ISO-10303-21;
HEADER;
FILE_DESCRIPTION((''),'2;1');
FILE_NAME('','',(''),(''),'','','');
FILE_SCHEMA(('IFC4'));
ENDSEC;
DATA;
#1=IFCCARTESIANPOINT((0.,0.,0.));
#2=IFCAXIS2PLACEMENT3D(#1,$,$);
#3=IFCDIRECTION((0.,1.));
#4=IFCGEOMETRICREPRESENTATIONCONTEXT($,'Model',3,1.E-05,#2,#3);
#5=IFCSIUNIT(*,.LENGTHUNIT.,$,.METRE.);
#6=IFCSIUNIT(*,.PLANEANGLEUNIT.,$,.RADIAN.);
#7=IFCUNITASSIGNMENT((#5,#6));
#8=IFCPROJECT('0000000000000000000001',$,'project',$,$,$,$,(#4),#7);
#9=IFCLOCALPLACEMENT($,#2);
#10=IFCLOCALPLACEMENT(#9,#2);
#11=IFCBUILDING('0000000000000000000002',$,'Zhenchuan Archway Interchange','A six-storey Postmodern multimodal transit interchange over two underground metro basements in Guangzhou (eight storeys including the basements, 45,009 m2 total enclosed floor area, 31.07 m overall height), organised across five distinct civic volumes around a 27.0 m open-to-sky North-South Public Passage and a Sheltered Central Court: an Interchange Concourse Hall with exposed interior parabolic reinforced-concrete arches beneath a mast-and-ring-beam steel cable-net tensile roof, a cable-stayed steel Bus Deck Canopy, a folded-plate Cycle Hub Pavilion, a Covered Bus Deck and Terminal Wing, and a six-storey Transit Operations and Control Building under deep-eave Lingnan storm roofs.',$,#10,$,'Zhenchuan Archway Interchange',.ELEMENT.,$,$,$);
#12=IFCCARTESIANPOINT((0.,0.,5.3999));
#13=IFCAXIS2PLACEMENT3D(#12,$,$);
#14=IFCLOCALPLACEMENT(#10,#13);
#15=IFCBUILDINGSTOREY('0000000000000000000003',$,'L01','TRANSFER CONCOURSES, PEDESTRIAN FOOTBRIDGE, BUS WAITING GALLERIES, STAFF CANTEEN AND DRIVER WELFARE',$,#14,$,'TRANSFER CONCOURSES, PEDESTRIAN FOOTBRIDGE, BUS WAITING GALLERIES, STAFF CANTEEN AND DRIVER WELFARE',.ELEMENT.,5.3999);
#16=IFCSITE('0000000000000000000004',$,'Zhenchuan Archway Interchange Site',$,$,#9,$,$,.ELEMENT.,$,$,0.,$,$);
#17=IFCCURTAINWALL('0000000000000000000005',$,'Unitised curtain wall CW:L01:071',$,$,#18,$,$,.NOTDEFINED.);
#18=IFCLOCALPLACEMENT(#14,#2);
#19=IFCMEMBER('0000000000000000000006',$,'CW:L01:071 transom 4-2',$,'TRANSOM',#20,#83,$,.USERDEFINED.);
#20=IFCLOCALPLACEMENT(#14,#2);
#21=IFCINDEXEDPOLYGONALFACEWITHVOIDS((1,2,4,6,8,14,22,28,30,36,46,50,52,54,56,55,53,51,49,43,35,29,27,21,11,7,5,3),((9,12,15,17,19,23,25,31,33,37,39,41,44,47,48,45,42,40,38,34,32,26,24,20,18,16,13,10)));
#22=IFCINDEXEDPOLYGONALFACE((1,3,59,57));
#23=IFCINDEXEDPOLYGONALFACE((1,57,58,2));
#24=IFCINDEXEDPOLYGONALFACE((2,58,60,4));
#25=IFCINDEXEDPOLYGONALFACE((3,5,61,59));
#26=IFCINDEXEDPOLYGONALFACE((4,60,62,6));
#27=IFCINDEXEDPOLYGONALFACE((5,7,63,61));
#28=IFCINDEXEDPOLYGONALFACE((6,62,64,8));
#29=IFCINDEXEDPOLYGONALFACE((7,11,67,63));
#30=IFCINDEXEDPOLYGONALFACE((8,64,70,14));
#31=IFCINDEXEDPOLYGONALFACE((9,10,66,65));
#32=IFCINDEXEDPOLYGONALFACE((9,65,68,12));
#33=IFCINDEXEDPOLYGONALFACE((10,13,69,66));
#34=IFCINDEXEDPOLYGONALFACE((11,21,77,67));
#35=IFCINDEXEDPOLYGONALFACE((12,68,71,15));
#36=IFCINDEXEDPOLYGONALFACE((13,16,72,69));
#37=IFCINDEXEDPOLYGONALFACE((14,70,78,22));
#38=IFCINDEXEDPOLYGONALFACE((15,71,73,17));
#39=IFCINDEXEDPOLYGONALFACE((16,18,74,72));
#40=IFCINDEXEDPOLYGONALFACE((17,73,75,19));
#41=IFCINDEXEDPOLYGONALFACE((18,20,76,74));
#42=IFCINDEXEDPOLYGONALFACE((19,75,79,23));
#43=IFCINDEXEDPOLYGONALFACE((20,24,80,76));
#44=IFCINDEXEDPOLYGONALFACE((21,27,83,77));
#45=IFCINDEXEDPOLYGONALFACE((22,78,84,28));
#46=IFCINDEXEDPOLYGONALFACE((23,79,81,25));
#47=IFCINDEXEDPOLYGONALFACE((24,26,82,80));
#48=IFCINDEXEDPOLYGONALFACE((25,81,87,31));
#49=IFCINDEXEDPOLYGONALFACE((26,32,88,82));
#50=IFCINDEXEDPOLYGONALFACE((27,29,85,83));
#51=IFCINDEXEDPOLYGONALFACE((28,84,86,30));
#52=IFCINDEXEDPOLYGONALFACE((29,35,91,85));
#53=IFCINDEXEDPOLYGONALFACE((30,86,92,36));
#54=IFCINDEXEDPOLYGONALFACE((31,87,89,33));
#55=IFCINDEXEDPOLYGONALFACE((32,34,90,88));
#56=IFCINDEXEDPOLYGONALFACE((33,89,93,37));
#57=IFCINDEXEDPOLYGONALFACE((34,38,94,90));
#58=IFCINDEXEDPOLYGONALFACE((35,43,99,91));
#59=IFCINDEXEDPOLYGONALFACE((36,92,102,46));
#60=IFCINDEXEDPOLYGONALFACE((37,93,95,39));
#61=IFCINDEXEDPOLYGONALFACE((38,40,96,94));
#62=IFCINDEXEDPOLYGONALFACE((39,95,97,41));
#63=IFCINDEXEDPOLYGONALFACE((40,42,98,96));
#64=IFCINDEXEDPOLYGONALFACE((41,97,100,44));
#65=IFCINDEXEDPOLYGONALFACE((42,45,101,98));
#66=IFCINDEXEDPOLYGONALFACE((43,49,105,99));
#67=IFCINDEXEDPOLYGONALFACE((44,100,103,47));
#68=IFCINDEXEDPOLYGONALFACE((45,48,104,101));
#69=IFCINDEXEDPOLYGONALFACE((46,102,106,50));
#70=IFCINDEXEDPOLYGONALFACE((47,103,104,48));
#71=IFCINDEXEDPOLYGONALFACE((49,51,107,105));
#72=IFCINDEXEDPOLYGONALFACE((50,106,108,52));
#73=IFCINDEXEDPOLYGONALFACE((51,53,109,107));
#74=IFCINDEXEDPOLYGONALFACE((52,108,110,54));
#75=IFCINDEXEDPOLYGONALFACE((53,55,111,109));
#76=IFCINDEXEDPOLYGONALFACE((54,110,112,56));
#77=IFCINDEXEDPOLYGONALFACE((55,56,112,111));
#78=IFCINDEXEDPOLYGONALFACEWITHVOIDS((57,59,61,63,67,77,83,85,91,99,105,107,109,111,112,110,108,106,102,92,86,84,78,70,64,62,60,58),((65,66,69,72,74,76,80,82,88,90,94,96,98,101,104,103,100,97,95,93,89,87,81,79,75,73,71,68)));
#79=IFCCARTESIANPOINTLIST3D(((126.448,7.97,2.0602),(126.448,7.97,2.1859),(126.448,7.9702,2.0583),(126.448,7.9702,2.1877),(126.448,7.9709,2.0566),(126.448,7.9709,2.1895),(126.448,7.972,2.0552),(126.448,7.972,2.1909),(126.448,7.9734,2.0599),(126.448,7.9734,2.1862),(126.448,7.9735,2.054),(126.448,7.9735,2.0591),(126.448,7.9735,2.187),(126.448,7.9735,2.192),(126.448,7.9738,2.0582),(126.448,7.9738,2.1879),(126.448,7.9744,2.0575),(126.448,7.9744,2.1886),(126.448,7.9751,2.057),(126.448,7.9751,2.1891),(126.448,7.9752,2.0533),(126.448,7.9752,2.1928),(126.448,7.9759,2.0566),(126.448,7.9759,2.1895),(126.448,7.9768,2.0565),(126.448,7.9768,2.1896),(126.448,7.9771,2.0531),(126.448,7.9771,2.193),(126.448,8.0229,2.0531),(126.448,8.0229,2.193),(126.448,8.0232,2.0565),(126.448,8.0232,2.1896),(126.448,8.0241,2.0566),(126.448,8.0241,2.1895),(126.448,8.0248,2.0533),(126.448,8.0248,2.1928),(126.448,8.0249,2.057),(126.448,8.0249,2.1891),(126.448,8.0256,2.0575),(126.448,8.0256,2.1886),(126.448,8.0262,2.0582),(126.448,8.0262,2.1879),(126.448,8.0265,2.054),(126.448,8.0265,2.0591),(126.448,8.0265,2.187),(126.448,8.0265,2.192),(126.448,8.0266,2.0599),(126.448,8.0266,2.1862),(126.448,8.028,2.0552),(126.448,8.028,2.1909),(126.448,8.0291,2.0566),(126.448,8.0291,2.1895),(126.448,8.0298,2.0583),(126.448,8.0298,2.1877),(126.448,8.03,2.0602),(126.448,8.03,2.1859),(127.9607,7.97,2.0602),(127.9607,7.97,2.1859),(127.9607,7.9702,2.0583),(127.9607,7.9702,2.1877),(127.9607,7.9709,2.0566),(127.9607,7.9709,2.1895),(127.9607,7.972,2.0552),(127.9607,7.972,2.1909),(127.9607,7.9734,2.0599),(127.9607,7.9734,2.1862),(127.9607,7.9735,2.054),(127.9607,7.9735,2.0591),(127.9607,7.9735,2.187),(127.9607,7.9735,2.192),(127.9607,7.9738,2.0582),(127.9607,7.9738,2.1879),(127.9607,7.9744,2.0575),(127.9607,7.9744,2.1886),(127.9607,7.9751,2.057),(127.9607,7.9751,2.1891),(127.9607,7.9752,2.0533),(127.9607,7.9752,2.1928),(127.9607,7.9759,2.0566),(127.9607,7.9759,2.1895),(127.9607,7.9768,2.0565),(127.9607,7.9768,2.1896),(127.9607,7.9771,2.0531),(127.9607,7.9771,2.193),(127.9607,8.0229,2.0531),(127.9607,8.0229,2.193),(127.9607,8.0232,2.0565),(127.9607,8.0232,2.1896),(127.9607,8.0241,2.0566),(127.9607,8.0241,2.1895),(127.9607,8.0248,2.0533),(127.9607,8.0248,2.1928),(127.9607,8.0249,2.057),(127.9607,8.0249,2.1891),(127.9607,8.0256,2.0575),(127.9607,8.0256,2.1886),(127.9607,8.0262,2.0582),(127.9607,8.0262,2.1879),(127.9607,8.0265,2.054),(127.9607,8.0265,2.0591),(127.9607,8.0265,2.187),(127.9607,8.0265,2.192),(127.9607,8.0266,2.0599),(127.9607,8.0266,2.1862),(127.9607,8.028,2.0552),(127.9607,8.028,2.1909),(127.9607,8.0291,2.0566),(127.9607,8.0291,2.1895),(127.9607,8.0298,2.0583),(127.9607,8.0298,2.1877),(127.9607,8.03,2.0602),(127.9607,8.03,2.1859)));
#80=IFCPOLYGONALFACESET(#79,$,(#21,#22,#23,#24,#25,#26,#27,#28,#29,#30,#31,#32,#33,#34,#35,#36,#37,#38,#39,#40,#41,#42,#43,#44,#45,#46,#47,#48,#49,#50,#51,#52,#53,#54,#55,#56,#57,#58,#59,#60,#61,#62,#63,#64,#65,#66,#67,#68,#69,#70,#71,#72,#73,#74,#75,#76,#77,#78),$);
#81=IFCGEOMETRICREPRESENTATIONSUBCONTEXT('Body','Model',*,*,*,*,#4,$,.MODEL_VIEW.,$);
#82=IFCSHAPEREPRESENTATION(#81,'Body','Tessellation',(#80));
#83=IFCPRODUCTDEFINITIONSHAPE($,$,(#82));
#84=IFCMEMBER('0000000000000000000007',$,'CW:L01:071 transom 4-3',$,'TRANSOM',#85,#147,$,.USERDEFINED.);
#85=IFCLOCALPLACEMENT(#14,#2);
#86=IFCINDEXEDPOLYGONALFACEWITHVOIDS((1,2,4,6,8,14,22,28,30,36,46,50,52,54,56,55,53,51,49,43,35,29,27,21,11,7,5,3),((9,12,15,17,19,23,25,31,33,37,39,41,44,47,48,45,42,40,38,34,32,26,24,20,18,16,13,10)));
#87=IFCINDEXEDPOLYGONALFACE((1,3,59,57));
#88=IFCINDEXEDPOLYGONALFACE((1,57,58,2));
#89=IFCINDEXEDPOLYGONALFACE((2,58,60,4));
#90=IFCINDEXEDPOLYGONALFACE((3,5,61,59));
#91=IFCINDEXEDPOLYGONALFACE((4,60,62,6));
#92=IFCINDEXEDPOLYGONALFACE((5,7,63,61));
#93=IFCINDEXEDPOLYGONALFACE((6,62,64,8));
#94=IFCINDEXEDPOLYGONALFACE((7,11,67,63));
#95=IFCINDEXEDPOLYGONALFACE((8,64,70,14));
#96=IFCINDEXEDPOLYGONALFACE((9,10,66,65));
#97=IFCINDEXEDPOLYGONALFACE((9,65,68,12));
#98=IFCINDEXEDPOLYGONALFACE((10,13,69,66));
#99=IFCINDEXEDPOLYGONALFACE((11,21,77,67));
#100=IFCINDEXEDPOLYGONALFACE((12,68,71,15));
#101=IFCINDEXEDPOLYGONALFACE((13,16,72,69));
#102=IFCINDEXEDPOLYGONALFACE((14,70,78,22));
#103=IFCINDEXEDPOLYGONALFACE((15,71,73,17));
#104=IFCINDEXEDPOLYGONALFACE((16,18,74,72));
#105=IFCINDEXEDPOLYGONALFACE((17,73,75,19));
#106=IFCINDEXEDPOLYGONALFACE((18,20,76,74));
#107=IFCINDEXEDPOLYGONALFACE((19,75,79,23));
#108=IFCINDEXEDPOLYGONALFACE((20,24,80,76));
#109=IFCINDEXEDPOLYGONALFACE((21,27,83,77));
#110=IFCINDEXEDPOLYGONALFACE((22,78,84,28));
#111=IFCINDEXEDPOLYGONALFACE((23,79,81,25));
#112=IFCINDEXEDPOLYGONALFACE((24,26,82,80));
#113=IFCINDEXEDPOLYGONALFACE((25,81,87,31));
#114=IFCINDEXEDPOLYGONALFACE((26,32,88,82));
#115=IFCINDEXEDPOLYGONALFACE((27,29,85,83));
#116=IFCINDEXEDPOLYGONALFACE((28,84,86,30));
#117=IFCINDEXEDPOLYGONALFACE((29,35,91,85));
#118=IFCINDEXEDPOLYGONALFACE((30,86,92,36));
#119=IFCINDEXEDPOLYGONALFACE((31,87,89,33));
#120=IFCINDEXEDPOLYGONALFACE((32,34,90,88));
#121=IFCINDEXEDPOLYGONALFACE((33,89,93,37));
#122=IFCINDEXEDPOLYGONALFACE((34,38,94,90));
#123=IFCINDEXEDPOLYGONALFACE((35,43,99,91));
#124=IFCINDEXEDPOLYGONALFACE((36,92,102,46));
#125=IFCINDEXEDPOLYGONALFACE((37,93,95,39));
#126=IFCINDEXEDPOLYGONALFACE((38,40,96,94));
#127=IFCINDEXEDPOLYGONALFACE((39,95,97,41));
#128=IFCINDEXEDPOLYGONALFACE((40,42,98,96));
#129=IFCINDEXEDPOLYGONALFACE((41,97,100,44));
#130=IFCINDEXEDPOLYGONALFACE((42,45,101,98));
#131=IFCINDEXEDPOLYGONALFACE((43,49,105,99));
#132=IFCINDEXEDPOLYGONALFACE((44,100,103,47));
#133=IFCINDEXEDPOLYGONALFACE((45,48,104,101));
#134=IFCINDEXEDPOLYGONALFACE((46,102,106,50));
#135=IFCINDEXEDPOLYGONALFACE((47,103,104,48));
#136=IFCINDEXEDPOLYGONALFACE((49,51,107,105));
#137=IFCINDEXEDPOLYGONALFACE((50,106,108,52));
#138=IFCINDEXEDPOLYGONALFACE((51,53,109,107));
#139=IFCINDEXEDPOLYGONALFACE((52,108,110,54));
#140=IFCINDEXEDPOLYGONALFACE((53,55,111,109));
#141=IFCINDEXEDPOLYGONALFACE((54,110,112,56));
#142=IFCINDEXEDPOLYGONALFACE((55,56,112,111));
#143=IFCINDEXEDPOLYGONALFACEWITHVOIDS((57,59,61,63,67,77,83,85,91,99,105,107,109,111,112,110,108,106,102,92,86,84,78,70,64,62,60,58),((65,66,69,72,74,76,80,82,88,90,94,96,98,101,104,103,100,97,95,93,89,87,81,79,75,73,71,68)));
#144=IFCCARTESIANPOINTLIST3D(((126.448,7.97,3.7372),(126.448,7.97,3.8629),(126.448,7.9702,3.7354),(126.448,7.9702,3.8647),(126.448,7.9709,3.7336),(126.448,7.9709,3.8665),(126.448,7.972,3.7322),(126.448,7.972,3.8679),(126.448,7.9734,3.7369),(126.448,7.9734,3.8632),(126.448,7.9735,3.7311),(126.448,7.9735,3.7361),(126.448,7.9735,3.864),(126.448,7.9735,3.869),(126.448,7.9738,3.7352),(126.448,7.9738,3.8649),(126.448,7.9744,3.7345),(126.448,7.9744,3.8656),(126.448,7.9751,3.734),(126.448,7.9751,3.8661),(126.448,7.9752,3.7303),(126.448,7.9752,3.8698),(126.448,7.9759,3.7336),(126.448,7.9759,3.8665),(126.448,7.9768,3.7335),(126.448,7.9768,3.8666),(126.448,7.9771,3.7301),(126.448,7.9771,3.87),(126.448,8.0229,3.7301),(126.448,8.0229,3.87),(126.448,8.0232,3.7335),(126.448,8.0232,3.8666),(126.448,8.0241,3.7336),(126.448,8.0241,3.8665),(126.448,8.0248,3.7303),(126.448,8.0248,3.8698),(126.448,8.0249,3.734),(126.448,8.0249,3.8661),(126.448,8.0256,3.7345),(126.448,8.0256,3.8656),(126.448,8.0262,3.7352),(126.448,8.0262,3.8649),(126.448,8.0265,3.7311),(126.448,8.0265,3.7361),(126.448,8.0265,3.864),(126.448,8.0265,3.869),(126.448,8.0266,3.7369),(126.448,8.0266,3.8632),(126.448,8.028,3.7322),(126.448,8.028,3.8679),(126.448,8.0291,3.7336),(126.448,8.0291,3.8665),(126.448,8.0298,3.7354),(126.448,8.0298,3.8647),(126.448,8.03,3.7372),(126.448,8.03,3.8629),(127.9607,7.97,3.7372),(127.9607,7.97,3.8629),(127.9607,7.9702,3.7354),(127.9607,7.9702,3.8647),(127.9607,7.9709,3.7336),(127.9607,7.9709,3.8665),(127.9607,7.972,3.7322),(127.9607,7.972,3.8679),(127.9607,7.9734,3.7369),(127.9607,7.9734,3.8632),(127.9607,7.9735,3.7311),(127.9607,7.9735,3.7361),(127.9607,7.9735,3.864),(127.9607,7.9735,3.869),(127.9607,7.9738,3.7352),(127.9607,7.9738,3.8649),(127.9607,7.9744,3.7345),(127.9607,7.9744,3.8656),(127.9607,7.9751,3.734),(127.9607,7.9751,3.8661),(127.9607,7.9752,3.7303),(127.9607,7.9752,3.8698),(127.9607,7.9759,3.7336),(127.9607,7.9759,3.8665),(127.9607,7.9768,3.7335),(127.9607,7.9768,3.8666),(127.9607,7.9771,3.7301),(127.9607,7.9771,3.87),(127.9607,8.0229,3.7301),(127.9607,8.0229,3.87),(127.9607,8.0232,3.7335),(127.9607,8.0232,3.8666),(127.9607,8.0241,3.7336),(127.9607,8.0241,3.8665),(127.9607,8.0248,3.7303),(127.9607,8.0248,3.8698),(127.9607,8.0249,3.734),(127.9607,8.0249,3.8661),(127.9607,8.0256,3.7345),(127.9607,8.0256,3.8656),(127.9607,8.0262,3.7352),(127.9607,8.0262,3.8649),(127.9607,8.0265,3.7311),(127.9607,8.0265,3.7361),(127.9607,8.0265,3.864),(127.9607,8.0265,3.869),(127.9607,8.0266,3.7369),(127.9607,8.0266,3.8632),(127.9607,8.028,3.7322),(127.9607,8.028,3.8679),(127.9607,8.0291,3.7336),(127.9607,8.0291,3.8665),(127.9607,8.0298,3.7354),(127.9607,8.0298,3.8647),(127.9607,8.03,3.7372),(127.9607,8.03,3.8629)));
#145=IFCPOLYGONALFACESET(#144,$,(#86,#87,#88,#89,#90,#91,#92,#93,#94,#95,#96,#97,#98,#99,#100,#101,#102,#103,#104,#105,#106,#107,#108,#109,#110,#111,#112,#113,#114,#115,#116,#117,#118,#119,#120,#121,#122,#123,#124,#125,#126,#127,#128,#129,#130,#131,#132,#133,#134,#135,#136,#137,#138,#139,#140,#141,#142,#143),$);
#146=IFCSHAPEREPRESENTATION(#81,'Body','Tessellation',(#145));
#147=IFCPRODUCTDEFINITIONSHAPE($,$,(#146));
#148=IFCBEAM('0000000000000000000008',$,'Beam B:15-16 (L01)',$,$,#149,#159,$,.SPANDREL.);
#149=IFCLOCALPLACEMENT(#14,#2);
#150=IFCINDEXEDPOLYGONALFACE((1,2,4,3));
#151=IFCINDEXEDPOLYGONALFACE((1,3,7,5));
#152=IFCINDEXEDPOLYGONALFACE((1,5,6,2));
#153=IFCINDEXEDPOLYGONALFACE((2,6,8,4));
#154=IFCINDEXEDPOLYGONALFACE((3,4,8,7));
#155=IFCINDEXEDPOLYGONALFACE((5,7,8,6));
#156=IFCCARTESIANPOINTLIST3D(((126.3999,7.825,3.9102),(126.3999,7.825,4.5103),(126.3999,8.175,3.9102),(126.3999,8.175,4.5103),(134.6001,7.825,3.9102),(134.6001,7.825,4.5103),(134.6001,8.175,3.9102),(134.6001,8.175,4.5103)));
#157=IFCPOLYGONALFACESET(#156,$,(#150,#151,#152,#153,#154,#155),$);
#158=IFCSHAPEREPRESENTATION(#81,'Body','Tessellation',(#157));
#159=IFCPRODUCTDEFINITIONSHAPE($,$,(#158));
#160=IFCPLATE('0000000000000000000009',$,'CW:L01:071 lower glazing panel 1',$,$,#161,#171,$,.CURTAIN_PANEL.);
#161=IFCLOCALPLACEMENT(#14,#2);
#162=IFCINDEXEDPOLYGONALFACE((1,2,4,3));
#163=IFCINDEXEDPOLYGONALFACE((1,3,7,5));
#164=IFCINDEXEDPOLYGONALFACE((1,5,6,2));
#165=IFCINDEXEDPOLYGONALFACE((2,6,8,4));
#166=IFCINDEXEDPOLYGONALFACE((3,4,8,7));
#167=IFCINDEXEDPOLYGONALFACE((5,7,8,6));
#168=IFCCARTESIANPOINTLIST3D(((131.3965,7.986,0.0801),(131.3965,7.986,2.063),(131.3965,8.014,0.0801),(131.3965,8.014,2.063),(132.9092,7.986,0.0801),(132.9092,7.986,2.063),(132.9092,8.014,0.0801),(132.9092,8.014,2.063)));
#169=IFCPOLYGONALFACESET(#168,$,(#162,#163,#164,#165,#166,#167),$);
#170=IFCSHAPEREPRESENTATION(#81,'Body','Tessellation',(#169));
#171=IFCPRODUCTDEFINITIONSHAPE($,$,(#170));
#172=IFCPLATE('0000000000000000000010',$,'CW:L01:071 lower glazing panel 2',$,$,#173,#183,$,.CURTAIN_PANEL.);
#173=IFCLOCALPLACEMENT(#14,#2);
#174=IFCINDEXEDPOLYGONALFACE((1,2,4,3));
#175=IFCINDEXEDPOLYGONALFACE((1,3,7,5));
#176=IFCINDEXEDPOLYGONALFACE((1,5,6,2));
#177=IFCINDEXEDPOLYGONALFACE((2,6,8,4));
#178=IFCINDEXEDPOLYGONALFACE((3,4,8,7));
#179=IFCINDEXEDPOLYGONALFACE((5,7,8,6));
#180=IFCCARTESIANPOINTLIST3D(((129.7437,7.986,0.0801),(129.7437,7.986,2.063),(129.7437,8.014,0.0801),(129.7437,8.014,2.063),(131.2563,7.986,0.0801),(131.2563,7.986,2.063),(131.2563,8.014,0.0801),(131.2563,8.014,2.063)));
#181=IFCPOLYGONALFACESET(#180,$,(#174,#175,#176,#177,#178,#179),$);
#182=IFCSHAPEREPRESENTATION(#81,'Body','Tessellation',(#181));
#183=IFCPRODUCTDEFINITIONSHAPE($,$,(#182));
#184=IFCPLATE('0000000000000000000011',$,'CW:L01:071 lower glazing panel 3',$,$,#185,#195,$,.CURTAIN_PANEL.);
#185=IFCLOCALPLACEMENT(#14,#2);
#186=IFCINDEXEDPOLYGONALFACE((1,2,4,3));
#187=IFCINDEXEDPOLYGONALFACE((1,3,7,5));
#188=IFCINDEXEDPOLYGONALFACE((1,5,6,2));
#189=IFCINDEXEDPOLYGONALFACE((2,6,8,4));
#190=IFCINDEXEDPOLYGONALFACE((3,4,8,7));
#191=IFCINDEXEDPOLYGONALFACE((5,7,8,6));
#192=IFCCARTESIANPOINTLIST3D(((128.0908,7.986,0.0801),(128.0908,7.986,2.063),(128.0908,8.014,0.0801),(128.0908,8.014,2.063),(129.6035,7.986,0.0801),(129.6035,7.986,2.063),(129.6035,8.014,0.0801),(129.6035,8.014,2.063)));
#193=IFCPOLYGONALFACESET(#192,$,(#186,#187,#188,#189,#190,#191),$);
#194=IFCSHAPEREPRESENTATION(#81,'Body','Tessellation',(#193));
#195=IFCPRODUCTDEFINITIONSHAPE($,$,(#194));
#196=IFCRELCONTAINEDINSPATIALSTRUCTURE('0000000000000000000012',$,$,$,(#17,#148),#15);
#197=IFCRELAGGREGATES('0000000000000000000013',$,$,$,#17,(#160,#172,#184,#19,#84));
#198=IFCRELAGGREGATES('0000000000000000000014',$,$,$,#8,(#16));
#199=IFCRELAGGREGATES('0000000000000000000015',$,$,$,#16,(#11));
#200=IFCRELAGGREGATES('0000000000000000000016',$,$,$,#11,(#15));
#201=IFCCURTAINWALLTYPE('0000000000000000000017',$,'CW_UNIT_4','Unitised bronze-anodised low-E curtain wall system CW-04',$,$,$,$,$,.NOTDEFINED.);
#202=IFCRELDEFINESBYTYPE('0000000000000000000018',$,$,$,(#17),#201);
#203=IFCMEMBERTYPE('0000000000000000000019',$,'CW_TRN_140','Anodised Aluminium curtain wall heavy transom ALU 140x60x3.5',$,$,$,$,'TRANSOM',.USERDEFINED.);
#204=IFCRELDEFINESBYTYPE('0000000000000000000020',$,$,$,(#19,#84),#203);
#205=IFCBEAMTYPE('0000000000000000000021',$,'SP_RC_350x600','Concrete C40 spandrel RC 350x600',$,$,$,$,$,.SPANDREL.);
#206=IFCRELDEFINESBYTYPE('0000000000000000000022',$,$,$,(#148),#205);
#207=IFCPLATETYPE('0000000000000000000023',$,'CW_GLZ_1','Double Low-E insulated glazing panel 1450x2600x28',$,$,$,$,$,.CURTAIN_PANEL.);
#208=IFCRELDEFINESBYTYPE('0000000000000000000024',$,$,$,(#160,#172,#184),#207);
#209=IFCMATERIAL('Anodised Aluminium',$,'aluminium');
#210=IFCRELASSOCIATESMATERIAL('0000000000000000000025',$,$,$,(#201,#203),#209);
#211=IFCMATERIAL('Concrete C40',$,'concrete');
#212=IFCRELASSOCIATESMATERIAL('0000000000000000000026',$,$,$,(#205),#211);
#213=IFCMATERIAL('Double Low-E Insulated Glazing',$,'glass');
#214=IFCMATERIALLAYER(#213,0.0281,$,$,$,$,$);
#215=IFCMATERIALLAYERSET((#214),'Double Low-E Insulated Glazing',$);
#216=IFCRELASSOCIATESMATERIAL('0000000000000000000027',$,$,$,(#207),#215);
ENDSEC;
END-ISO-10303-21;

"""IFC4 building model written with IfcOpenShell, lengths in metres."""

from ifc_helpers import new_model, si_unit, direction, frame, origin, origin_2d, place, context, subcontext, project, spatial, rectangle, hollow_rectangle, extrude, material, layer, layer_set, material_profile, profile_set, type_object, element, aggregate, save


model = new_model("IFC4")

# Units and contexts
model_context = context("Model", 3, precision=1e-05, world=origin(), true_north=direction((0.0, 1.0)))
body_context = subcontext(model_context, "Body", "Model", "MODEL_VIEW")
ifc_project = project(units=[si_unit("LENGTHUNIT", "METRE"), si_unit("PLANEANGLEUNIT", "RADIAN")], contexts=[model_context])

# Site, building, storey
site_placement = place(None, origin())
site = spatial("IfcSite", under=ifc_project, at=site_placement, Name="Zhenchuan Archway Interchange Site", CompositionType="ELEMENT", RefElevation=0.0)
building_placement = place(site_placement, origin())
building = spatial("IfcBuilding", under=site, at=building_placement, Name="Zhenchuan Archway Interchange", Description="A six-storey Postmodern multimodal transit interchange over two underground metro basements in Guangzhou (eight storeys including the basements, 45,009 m2 total enclosed floor area, 31.07 m overall height), organised across five distinct civic volumes around a 27.0 m open-to-sky North-South Public Passage and a Sheltered Central Court: an Interchange Concourse Hall with exposed interior parabolic reinforced-concrete arches beneath a mast-and-ring-beam steel cable-net tensile roof, a cable-stayed steel Bus Deck Canopy, a folded-plate Cycle Hub Pavilion, a Covered Bus Deck and Terminal Wing, and a six-storey Transit Operations and Control Building under deep-eave Lingnan storm roofs.", LongName="Zhenchuan Archway Interchange", CompositionType="ELEMENT")
storey_placement = place(building_placement, frame((0.0, 0.0, 5.3999)))
storey = spatial("IfcBuildingStorey", under=building, at=storey_placement, Name="L01", Description="TRANSFER CONCOURSES, PEDESTRIAN FOOTBRIDGE, BUS WAITING GALLERIES, STAFF CANTEEN AND DRIVER WELFARE", LongName="TRANSFER CONCOURSES, PEDESTRIAN FOOTBRIDGE, BUS WAITING GALLERIES, STAFF CANTEEN AND DRIVER WELFARE", CompositionType="ELEMENT", Elevation=5.3999)

# Shared definitions
ifc_material_1 = material(Name="Concrete C40", Category="concrete")

# Curtain wall, members
ifc_material_2 = material(Name="Anodised Aluminium", Category="aluminium")
curtain_wall_type = type_object("IfcCurtainWallType", Name="CW_UNIT_4", Description="Unitised bronze-anodised low-E curtain wall system CW-04", PredefinedType="NOTDEFINED", material=ifc_material_2)
curtain_wall_placement = place(storey_placement, origin())
curtain_wall = element("IfcCurtainWall", 1, at=curtain_wall_placement, inside=storey, type_object=curtain_wall_type, Name="Unitised curtain wall CW:L01:071", PredefinedType="NOTDEFINED")
ifc_material_profile_1 = material_profile(ifc_material_2, hollow_rectangle(XDim=0.0601, YDim=0.1399, WallThickness=0.0034, InnerFilletRadius=0.0034, OuterFilletRadius=0.0071, at=origin_2d()), Name="ALU 140x60x3.5")
ifc_profile_set_1 = profile_set([ifc_material_profile_1], Name="Anodised Aluminium")
member_type_1 = type_object("IfcMemberType", Name="CW_TRN_140", Description="Anodised Aluminium curtain wall heavy transom ALU 140x60x3.5", ElementType="TRANSOM", PredefinedType="USERDEFINED", material=ifc_profile_set_1)
member_1_placement = place(storey_placement, frame((127.9607, 8.0, 2.123), z_axis=(-1.0, 0.0, 0.0), x_axis=(0.0, -1.0, 0.0)))
member_1 = element("IfcMember", 2, at=member_1_placement, type_object=member_type_1, Name="CW:L01:071 transom 4-2", ObjectType="TRANSOM", PredefinedType="USERDEFINED", context=body_context, shape_type="SweptSolid", body=[
    extrude(hollow_rectangle(XDim=0.0601, YDim=0.1399, WallThickness=0.0034, InnerFilletRadius=0.0034, OuterFilletRadius=0.0071, at=origin_2d()), origin(), (0.0, 0.0, 1.0), 1.5127),
])
member_2_placement = place(storey_placement, frame((127.9607, 8.0, 3.8), z_axis=(-1.0, 0.0, 0.0), x_axis=(0.0, -1.0, 0.0)))
member_2 = element("IfcMember", 3, at=member_2_placement, type_object=member_type_1, Name="CW:L01:071 transom 4-3", ObjectType="TRANSOM", PredefinedType="USERDEFINED", context=body_context, shape_type="SweptSolid", body=[
    extrude(hollow_rectangle(XDim=0.0601, YDim=0.1399, WallThickness=0.0034, InnerFilletRadius=0.0034, OuterFilletRadius=0.0071, at=origin_2d()), origin(), (0.0, 0.0, 1.0), 1.5127),
])

# Beam
ifc_material_profile_2 = material_profile(ifc_material_1, rectangle(XDim=0.3501, YDim=0.6001, at=origin_2d()), Name="RC 350x600")
ifc_profile_set_2 = profile_set([ifc_material_profile_2], Name="Concrete C40")
beam_type = type_object("IfcBeamType", Name="SP_RC_350x600", Description="Concrete C40 spandrel RC 350x600", PredefinedType="SPANDREL", material=ifc_profile_set_2)
beam_placement = place(storey_placement, frame((126.3999, 8.0, 4.2102), z_axis=(1.0, 0.0, 0.0), x_axis=(0.0, 1.0, 0.0)))
element("IfcBeam", 4, at=beam_placement, inside=storey, type_object=beam_type, Name="Beam B:15-16 (L01)", PredefinedType="SPANDREL", context=body_context, shape_type="SweptSolid", body=[
    extrude(rectangle(XDim=0.3501, YDim=0.6001, at=origin_2d()), origin(), (0.0, 0.0, 1.0), 8.2002),
])

# Plates
ifc_material_3 = material(Name="Double Low-E Insulated Glazing", Category="glass")
ifc_layer_1 = layer(ifc_material_3, 0.0281)
ifc_layer_set_1 = layer_set([ifc_layer_1], Name="Double Low-E Insulated Glazing")
plate_type_1 = type_object("IfcPlateType", Name="CW_GLZ_1", Description="Double Low-E insulated glazing panel 1450x2600x28", PredefinedType="CURTAIN_PANEL", material=ifc_layer_set_1)
plate_1_placement = place(storey_placement, frame((132.1528, 8.0, 0.0801), z_axis=(0.0, 0.0, 1.0), x_axis=(-1.0, 0.0, 0.0)))
plate_1 = element("IfcPlate", 5, at=plate_1_placement, type_object=plate_type_1, Name="CW:L01:071 lower glazing panel 1", PredefinedType="CURTAIN_PANEL", context=body_context, shape_type="SweptSolid", body=[
    extrude(rectangle(XDim=1.5127, YDim=0.0281, at=origin_2d()), origin(), (0.0, 0.0, 1.0), 1.9829),
])
plate_2_placement = place(storey_placement, frame((130.5, 8.0, 0.0801), z_axis=(0.0, 0.0, 1.0), x_axis=(-1.0, 0.0, 0.0)))
plate_2 = element("IfcPlate", 6, at=plate_2_placement, type_object=plate_type_1, Name="CW:L01:071 lower glazing panel 2", PredefinedType="CURTAIN_PANEL", context=body_context, shape_type="SweptSolid", body=[
    extrude(rectangle(XDim=1.5127, YDim=0.0281, at=origin_2d()), origin(), (0.0, 0.0, 1.0), 1.9829),
])
plate_3_placement = place(storey_placement, frame((128.8472, 8.0, 0.0801), z_axis=(0.0, 0.0, 1.0), x_axis=(-1.0, 0.0, 0.0)))
plate_3 = element("IfcPlate", 7, at=plate_3_placement, type_object=plate_type_1, Name="CW:L01:071 lower glazing panel 3", PredefinedType="CURTAIN_PANEL", context=body_context, shape_type="SweptSolid", body=[
    extrude(rectangle(XDim=1.5127, YDim=0.0281, at=origin_2d()), origin(), (0.0, 0.0, 1.0), 1.9829),
])
aggregate(curtain_wall, [plate_1, plate_2, plate_3, member_1, member_2])

save(model, "model.ifc")
